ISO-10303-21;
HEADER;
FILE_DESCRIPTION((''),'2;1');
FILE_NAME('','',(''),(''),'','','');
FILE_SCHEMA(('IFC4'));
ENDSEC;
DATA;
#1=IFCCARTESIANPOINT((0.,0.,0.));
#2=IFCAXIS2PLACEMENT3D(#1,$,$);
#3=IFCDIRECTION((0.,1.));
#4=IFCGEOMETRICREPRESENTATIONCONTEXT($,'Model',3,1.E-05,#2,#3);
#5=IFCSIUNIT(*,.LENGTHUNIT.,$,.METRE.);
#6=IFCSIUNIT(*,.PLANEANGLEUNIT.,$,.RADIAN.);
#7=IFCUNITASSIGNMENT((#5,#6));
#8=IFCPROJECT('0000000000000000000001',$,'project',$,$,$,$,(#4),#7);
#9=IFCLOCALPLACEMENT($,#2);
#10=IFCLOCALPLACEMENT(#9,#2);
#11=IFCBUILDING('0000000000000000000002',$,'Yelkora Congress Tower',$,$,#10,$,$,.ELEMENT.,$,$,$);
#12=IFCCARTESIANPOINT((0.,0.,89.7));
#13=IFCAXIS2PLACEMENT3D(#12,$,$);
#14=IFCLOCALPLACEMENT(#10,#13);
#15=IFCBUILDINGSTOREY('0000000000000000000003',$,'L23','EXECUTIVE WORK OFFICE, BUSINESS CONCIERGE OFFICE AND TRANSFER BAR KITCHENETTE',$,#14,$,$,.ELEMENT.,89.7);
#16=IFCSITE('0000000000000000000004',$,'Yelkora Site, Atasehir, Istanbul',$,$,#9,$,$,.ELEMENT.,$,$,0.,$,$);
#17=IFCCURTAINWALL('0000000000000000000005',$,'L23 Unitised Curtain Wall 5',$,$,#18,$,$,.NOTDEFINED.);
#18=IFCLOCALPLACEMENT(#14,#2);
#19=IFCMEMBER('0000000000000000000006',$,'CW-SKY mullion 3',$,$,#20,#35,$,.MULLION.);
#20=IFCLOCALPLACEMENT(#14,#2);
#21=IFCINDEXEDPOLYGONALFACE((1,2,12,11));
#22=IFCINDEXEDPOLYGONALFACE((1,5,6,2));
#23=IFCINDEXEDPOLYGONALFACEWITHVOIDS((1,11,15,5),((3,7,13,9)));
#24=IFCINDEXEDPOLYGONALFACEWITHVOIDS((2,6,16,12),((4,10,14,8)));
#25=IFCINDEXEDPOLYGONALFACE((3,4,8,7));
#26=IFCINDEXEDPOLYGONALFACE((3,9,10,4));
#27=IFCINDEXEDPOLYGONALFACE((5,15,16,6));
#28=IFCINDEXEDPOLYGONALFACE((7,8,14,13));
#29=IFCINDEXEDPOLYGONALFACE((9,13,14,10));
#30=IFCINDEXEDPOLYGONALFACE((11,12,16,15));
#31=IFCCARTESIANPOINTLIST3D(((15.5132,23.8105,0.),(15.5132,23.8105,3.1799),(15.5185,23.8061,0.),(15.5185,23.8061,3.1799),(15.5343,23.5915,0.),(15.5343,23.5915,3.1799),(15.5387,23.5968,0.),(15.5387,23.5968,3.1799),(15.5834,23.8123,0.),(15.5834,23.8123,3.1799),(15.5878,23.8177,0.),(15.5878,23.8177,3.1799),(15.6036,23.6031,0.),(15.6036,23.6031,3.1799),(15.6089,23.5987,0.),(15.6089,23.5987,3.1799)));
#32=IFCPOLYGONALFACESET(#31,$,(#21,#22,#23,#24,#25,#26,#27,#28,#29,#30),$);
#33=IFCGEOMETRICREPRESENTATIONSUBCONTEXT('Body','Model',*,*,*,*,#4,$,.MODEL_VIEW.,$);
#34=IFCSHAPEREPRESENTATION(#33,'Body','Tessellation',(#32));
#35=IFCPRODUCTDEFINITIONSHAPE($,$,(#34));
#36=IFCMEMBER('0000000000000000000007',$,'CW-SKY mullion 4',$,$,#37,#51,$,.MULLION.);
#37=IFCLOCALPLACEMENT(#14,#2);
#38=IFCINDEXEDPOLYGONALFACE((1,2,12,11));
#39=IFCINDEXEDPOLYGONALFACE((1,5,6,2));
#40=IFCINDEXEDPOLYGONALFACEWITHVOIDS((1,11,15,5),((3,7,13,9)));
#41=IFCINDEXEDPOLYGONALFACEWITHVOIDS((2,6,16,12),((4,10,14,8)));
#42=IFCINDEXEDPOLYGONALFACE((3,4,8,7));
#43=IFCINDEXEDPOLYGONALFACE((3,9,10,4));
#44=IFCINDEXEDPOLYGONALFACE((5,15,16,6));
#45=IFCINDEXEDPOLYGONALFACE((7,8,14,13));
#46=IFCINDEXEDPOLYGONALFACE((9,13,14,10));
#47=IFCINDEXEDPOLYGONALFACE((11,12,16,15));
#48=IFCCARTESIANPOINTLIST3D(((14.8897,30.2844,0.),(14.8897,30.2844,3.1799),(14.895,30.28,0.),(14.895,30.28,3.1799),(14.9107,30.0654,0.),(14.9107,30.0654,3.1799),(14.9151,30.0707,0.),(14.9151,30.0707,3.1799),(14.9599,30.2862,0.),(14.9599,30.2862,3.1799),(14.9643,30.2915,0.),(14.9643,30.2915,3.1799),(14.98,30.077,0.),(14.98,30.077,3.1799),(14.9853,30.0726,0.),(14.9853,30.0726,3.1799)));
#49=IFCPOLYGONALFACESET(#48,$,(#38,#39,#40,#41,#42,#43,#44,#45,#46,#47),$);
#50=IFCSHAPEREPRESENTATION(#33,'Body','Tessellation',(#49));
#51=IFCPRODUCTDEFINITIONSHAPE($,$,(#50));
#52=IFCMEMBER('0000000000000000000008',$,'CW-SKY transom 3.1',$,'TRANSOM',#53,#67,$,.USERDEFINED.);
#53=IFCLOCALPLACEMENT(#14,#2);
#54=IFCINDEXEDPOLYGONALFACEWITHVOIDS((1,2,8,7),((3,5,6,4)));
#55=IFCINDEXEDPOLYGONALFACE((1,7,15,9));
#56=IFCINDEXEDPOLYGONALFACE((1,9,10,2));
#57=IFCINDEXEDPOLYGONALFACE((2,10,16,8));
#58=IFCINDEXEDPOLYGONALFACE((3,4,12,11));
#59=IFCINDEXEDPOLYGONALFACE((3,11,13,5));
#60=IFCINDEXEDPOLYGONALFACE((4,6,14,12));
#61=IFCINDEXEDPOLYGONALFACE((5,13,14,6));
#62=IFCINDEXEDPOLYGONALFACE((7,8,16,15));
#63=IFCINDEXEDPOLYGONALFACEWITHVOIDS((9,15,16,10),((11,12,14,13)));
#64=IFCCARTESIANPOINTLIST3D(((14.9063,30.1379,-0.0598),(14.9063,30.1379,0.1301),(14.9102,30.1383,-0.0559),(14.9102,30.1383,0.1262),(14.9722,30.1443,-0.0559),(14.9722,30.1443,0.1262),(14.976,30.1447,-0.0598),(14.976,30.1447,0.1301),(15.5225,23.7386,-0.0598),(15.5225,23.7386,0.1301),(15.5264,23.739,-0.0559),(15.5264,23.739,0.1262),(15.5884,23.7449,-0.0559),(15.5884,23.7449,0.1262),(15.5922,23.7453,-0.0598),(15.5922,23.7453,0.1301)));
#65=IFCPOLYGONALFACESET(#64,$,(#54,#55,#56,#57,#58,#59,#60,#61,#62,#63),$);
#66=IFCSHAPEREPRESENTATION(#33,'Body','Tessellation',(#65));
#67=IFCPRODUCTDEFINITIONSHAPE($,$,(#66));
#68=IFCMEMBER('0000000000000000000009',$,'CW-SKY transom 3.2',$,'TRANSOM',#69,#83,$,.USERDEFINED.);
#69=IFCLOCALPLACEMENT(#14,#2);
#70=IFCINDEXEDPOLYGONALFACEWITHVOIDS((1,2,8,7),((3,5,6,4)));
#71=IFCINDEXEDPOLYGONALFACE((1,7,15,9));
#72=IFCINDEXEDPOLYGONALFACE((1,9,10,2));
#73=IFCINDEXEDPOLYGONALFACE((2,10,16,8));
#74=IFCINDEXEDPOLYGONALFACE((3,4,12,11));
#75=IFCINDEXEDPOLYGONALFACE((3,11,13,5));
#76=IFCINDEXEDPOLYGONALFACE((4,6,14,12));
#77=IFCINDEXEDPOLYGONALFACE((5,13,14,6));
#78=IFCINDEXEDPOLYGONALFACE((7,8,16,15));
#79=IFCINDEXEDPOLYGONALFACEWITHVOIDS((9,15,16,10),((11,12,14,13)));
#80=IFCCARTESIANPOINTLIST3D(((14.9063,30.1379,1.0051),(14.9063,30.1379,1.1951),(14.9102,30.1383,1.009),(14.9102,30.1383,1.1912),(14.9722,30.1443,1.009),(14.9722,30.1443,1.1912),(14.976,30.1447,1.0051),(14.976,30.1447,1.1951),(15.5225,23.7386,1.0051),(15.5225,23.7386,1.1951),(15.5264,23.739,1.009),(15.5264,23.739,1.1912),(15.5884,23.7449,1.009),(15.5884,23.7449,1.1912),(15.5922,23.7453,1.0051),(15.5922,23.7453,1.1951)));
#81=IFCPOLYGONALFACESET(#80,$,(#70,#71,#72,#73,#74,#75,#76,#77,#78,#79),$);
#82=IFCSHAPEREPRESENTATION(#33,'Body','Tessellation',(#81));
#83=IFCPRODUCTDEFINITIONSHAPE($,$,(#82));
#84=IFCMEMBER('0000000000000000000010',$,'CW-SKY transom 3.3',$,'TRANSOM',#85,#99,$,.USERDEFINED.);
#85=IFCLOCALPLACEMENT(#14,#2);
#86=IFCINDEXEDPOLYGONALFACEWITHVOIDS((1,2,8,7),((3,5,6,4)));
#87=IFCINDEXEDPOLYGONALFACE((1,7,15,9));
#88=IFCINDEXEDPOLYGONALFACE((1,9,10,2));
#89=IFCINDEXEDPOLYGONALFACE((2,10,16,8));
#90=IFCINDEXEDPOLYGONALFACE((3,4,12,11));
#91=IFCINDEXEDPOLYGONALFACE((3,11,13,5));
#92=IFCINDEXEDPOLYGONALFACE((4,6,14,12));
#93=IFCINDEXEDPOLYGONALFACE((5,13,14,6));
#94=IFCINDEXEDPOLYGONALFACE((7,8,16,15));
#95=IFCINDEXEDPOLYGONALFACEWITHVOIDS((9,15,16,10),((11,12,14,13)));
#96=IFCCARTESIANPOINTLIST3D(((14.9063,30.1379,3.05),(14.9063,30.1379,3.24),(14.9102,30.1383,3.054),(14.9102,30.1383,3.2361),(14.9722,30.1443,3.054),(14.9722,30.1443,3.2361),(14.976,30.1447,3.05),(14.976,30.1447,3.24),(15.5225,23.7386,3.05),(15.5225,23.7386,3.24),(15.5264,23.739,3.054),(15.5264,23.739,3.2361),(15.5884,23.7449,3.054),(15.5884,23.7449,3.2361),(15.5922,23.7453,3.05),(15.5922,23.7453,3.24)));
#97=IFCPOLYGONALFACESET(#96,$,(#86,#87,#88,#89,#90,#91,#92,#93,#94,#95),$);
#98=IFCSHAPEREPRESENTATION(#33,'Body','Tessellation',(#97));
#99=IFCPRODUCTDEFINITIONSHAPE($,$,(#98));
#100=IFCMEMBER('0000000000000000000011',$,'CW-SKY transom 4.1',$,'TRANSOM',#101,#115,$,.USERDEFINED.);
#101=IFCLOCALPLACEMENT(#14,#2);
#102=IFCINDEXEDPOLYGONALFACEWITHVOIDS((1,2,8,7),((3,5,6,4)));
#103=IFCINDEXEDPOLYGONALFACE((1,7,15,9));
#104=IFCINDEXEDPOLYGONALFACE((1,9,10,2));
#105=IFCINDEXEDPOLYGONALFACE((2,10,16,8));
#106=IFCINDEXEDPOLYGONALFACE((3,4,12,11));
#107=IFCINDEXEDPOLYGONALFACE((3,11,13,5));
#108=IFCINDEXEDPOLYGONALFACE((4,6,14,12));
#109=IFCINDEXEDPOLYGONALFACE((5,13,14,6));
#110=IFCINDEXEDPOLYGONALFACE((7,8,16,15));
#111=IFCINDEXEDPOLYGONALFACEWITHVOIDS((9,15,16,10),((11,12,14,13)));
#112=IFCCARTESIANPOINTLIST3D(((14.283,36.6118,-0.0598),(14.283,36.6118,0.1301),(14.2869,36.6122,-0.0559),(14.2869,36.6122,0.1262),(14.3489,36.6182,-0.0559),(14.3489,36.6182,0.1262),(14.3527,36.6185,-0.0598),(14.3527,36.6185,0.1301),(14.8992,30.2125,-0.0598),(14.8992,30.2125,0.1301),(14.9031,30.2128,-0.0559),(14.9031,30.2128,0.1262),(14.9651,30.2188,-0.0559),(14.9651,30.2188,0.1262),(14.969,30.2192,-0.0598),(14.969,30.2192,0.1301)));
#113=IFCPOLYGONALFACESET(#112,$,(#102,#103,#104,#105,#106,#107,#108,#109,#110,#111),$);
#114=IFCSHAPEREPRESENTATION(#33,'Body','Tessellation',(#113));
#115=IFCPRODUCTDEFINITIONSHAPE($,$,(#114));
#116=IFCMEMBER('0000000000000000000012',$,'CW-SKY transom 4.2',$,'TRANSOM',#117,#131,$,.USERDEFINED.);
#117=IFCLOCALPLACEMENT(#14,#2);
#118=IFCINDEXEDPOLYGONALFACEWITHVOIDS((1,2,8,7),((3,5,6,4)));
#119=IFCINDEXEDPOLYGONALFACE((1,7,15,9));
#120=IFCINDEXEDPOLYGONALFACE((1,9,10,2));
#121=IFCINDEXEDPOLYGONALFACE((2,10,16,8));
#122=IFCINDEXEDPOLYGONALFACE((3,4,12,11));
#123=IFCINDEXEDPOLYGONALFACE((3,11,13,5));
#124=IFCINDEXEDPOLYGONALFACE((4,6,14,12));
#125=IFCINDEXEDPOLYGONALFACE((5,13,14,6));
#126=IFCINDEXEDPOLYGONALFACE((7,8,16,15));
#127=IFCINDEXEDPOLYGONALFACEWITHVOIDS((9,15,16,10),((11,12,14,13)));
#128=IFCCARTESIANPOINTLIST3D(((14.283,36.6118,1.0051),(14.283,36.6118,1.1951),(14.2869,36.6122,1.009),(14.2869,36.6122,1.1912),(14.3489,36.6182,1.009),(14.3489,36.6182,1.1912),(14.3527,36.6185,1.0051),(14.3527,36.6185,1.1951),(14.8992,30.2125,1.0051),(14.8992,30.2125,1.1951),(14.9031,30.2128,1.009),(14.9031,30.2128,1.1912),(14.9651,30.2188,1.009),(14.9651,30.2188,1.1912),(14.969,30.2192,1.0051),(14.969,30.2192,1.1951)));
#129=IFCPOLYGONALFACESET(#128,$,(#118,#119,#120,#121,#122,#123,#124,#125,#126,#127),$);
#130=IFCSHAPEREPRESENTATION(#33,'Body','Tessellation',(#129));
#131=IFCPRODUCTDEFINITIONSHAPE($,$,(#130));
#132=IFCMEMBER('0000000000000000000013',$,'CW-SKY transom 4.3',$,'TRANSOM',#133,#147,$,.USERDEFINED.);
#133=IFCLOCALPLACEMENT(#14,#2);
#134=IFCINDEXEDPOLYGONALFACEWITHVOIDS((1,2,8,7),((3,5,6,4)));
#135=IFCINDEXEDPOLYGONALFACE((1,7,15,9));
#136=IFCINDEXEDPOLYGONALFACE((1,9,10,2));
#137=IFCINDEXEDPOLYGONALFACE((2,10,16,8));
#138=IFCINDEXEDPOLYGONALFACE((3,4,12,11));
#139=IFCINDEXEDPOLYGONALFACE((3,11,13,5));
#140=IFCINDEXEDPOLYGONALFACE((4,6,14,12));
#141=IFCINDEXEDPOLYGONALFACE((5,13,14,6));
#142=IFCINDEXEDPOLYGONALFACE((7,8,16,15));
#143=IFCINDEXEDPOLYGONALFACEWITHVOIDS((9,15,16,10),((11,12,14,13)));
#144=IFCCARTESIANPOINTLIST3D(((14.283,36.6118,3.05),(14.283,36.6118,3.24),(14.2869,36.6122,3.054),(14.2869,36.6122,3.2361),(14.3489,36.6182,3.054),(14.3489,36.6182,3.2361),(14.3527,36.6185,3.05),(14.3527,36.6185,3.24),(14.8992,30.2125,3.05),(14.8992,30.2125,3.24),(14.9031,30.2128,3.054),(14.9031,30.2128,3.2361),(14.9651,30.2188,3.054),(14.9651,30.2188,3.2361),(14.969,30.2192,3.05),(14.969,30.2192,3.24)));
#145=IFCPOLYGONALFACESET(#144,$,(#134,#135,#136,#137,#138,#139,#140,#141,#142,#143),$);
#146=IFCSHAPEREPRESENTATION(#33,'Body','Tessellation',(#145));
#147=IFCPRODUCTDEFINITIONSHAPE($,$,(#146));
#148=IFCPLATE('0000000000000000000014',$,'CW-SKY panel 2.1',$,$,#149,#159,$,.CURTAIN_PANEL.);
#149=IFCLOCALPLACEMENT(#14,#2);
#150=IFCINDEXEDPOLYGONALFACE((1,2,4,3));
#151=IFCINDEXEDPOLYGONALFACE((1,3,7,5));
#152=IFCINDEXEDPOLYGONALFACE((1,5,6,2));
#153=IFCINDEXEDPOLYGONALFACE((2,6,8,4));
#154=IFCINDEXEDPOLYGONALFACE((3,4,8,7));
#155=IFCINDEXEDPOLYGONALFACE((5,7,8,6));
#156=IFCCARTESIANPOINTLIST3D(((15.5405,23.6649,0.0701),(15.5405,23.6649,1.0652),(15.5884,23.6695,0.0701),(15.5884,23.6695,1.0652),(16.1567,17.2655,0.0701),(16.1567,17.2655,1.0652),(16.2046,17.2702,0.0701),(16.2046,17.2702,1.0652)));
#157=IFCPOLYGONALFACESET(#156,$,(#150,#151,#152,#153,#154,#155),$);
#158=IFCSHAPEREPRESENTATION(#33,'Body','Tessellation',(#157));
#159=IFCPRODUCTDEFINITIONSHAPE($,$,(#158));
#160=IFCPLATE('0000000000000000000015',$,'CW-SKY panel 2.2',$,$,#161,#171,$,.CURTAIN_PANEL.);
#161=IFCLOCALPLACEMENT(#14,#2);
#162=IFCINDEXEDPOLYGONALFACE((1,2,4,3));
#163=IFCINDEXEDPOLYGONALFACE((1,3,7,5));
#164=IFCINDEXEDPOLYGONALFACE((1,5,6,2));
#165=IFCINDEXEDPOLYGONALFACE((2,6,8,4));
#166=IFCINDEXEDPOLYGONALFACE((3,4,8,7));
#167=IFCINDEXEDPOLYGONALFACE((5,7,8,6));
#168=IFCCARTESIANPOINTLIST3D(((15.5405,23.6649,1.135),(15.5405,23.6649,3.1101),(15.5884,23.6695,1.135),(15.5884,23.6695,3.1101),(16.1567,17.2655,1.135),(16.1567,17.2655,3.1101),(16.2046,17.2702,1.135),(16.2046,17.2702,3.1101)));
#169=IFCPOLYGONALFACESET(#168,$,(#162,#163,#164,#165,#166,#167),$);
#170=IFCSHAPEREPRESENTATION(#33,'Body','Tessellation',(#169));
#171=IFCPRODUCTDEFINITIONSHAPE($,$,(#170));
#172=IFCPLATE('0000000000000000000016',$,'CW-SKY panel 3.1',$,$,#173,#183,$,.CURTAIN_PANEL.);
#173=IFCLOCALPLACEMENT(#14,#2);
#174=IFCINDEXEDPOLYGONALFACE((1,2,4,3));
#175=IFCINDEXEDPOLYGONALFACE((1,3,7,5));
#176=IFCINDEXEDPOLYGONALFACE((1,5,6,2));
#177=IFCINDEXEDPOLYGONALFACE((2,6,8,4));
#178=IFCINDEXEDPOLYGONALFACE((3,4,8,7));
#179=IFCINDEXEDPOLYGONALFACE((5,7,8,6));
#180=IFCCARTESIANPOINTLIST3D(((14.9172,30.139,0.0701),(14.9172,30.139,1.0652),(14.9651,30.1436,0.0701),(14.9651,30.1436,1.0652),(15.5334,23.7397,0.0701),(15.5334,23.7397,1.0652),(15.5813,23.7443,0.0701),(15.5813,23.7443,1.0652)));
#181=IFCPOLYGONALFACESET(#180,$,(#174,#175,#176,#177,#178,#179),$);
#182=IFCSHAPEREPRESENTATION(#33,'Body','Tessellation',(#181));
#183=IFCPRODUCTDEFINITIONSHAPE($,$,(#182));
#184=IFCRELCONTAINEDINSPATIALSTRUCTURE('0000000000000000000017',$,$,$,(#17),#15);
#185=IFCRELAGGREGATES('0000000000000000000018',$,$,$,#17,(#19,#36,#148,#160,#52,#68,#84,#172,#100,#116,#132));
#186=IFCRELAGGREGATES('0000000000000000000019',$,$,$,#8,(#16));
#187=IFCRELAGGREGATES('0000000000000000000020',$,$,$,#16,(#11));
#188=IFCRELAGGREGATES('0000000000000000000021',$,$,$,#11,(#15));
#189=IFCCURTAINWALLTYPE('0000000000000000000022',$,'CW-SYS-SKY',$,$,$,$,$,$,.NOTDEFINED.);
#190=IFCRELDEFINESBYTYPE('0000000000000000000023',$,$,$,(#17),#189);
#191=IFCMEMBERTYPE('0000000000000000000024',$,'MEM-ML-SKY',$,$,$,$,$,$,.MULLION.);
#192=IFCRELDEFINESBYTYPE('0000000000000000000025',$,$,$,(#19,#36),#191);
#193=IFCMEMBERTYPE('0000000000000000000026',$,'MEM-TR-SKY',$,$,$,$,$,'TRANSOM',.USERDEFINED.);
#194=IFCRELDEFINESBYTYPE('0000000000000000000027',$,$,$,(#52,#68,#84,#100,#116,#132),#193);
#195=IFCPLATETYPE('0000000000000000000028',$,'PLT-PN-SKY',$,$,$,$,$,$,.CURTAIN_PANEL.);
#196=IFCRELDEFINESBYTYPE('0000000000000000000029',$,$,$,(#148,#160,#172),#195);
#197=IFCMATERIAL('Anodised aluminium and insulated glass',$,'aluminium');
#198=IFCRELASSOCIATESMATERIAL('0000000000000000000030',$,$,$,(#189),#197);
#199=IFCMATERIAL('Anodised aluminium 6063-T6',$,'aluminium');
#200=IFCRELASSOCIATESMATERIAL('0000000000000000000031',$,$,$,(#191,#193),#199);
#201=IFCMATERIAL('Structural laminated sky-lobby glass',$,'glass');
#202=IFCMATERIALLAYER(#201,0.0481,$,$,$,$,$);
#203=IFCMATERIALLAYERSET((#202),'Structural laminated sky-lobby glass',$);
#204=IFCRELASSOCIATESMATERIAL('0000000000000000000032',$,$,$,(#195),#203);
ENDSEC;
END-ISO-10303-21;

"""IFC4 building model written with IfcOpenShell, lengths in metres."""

from ifc_helpers import new_model, si_unit, direction, frame, origin, origin_2d, place, context, subcontext, project, spatial, rectangle, hollow_rectangle, extrude, material, layer, layer_set, material_profile, profile_set, type_object, element, aggregate, save


model = new_model("IFC4")

# Units and contexts
model_context = context("Model", 3, precision=1e-05, world=origin(), true_north=direction((0.0, 1.0)))
body_context = subcontext(model_context, "Body", "Model", "MODEL_VIEW")
ifc_project = project(units=[si_unit("LENGTHUNIT", "METRE"), si_unit("PLANEANGLEUNIT", "RADIAN")], contexts=[model_context])

# Site, building, storey
site_placement = place(None, origin())
site = spatial("IfcSite", under=ifc_project, at=site_placement, Name="Yelkora Site, Atasehir, Istanbul", CompositionType="ELEMENT", RefElevation=0.0)
building_placement = place(site_placement, origin())
building = spatial("IfcBuilding", under=site, at=building_placement, Name="Yelkora Congress Tower", CompositionType="ELEMENT")
storey_placement = place(building_placement, frame((0.0, 0.0, 89.7)))
storey = spatial("IfcBuildingStorey", under=building, at=storey_placement, Name="L23", Description="EXECUTIVE WORK OFFICE, BUSINESS CONCIERGE OFFICE AND TRANSFER BAR KITCHENETTE", CompositionType="ELEMENT", Elevation=89.7)

# Curtain wall, members, plates
ifc_material_1 = material(Name="Anodised aluminium and insulated glass", Category="aluminium")
curtain_wall_type = type_object("IfcCurtainWallType", Name="CW-SYS-SKY", PredefinedType="NOTDEFINED", material=ifc_material_1)
curtain_wall_placement = place(storey_placement, origin())
curtain_wall = element("IfcCurtainWall", 1, at=curtain_wall_placement, inside=storey, type_object=curtain_wall_type, Name="L23 Unitised Curtain Wall 5", PredefinedType="NOTDEFINED")
ifc_material_2 = material(Name="Anodised aluminium 6063-T6", Category="aluminium")
ifc_material_profile_1 = material_profile(ifc_material_2, hollow_rectangle(XDim=0.075, YDim=0.22, WallThickness=0.0049, at=origin_2d()), Name="ALU 75x220x5")
ifc_profile_set_1 = profile_set([ifc_material_profile_1], Name="Anodised aluminium 6063-T6")
member_type_1 = type_object("IfcMemberType", Name="MEM-ML-SKY", PredefinedType="MULLION", material=ifc_profile_set_1)
member_1_placement = place(storey_placement, frame((15.561, 23.7046, 0.0), z_axis=(0.0, 0.0, 1.0), x_axis=(-0.995397, -0.095843, 0.0)))
member_1 = element("IfcMember", 2, at=member_1_placement, type_object=member_type_1, Name="CW-SKY mullion 3", PredefinedType="MULLION", context=body_context, shape_type="SweptSolid", body=[
    extrude(hollow_rectangle(XDim=0.075, YDim=0.22, WallThickness=0.0049, at=origin_2d()), origin(), (0.0, 0.0, 1.0), 3.1799),
])
member_2_placement = place(storey_placement, frame((14.9375, 30.1785, 0.0), z_axis=(0.0, 0.0, 1.0), x_axis=(-0.995397, -0.095843, 0.0)))
member_2 = element("IfcMember", 3, at=member_2_placement, type_object=member_type_1, Name="CW-SKY mullion 4", PredefinedType="MULLION", context=body_context, shape_type="SweptSolid", body=[
    extrude(hollow_rectangle(XDim=0.075, YDim=0.22, WallThickness=0.0049, at=origin_2d()), origin(), (0.0, 0.0, 1.0), 3.1799),
])
ifc_material_profile_2 = material_profile(ifc_material_2, hollow_rectangle(XDim=0.0701, YDim=0.1899, WallThickness=0.0039, at=origin_2d()), Name="ALU 70x190x4")
ifc_profile_set_2 = profile_set([ifc_material_profile_2], Name="Anodised aluminium 6063-T6")
member_type_2 = type_object("IfcMemberType", Name="MEM-TR-SKY", ElementType="TRANSOM", PredefinedType="USERDEFINED", material=ifc_profile_set_2)
member_3_placement = place(storey_placement, frame((15.5574, 23.7419, 0.0352), z_axis=(-0.095848, 0.995396, 0.0), x_axis=(-0.995396, -0.095848, 0.0)))
member_3 = element("IfcMember", 4, at=member_3_placement, type_object=member_type_2, Name="CW-SKY transom 3.1", ObjectType="TRANSOM", PredefinedType="USERDEFINED", context=body_context, shape_type="SweptSolid", body=[
    extrude(hollow_rectangle(XDim=0.0701, YDim=0.1899, WallThickness=0.0039, at=origin_2d()), origin(), (0.0, 0.0, 1.0), 6.429),
])
member_4_placement = place(storey_placement, frame((15.5574, 23.7419, 1.1001), z_axis=(-0.095848, 0.995396, 0.0), x_axis=(-0.995396, -0.095848, 0.0)))
member_4 = element("IfcMember", 5, at=member_4_placement, type_object=member_type_2, Name="CW-SKY transom 3.2", ObjectType="TRANSOM", PredefinedType="USERDEFINED", context=body_context, shape_type="SweptSolid", body=[
    extrude(hollow_rectangle(XDim=0.0701, YDim=0.1899, WallThickness=0.0039, at=origin_2d()), origin(), (0.0, 0.0, 1.0), 6.429),
])
member_5_placement = place(storey_placement, frame((15.5574, 23.7419, 3.145), z_axis=(-0.095848, 0.995396, 0.0), x_axis=(-0.995396, -0.095848, 0.0)))
member_5 = element("IfcMember", 6, at=member_5_placement, type_object=member_type_2, Name="CW-SKY transom 3.3", ObjectType="TRANSOM", PredefinedType="USERDEFINED", context=body_context, shape_type="SweptSolid", body=[
    extrude(hollow_rectangle(XDim=0.0701, YDim=0.1899, WallThickness=0.0039, at=origin_2d()), origin(), (0.0, 0.0, 1.0), 6.429),
])
member_6_placement = place(storey_placement, frame((14.9341, 30.2158, 0.0352), z_axis=(-0.095848, 0.995396, 0.0), x_axis=(-0.995396, -0.095848, 0.0)))
member_6 = element("IfcMember", 7, at=member_6_placement, type_object=member_type_2, Name="CW-SKY transom 4.1", ObjectType="TRANSOM", PredefinedType="USERDEFINED", context=body_context, shape_type="SweptSolid", body=[
    extrude(hollow_rectangle(XDim=0.0701, YDim=0.1899, WallThickness=0.0039, at=origin_2d()), origin(), (0.0, 0.0, 1.0), 6.429),
])
member_7_placement = place(storey_placement, frame((14.9341, 30.2158, 1.1001), z_axis=(-0.095848, 0.995396, 0.0), x_axis=(-0.995396, -0.095848, 0.0)))
member_7 = element("IfcMember", 8, at=member_7_placement, type_object=member_type_2, Name="CW-SKY transom 4.2", ObjectType="TRANSOM", PredefinedType="USERDEFINED", context=body_context, shape_type="SweptSolid", body=[
    extrude(hollow_rectangle(XDim=0.0701, YDim=0.1899, WallThickness=0.0039, at=origin_2d()), origin(), (0.0, 0.0, 1.0), 6.429),
])
member_8_placement = place(storey_placement, frame((14.9341, 30.2158, 3.145), z_axis=(-0.095848, 0.995396, 0.0), x_axis=(-0.995396, -0.095848, 0.0)))
member_8 = element("IfcMember", 9, at=member_8_placement, type_object=member_type_2, Name="CW-SKY transom 4.3", ObjectType="TRANSOM", PredefinedType="USERDEFINED", context=body_context, shape_type="SweptSolid", body=[
    extrude(hollow_rectangle(XDim=0.0701, YDim=0.1899, WallThickness=0.0039, at=origin_2d()), origin(), (0.0, 0.0, 1.0), 6.429),
])
ifc_material_3 = material(Name="Structural laminated sky-lobby glass", Category="glass")
ifc_layer_1 = layer(ifc_material_3, 0.0481)
ifc_layer_set_1 = layer_set([ifc_layer_1], Name="Structural laminated sky-lobby glass")
plate_type = type_object("IfcPlateType", Name="PLT-PN-SKY", PredefinedType="CURTAIN_PANEL", material=ifc_layer_set_1)
plate_1_placement = place(storey_placement, frame((15.8726, 20.4675, 0.0701), z_axis=(0.0, 0.0, 1.0), x_axis=(-0.095843, 0.995397, 0.0)))
plate_1 = element("IfcPlate", 10, at=plate_1_placement, type_object=plate_type, Name="CW-SKY panel 2.1", PredefinedType="CURTAIN_PANEL", context=body_context, shape_type="SweptSolid", body=[
    extrude(rectangle(XDim=6.429, YDim=0.0481, at=origin_2d()), origin(), (0.0, 0.0, 1.0), 0.9951),
])
plate_2_placement = place(storey_placement, frame((15.8726, 20.4675, 1.135), z_axis=(0.0, 0.0, 1.0), x_axis=(-0.095843, 0.995397, 0.0)))
plate_2 = element("IfcPlate", 11, at=plate_2_placement, type_object=plate_type, Name="CW-SKY panel 2.2", PredefinedType="CURTAIN_PANEL", context=body_context, shape_type="SweptSolid", body=[
    extrude(rectangle(XDim=6.429, YDim=0.0481, at=origin_2d()), origin(), (0.0, 0.0, 1.0), 1.9751),
])
plate_3_placement = place(storey_placement, frame((15.2493, 26.9417, 0.0701), z_axis=(0.0, 0.0, 1.0), x_axis=(-0.095843, 0.995397, 0.0)))
plate_3 = element("IfcPlate", 12, at=plate_3_placement, type_object=plate_type, Name="CW-SKY panel 3.1", PredefinedType="CURTAIN_PANEL", context=body_context, shape_type="SweptSolid", body=[
    extrude(rectangle(XDim=6.429, YDim=0.0481, at=origin_2d()), origin(), (0.0, 0.0, 1.0), 0.9951),
])
aggregate(curtain_wall, [member_1, member_2, plate_1, plate_2, member_3, member_4, member_5, plate_3, member_6, member_7, member_8])

save(model, "model.ifc")
